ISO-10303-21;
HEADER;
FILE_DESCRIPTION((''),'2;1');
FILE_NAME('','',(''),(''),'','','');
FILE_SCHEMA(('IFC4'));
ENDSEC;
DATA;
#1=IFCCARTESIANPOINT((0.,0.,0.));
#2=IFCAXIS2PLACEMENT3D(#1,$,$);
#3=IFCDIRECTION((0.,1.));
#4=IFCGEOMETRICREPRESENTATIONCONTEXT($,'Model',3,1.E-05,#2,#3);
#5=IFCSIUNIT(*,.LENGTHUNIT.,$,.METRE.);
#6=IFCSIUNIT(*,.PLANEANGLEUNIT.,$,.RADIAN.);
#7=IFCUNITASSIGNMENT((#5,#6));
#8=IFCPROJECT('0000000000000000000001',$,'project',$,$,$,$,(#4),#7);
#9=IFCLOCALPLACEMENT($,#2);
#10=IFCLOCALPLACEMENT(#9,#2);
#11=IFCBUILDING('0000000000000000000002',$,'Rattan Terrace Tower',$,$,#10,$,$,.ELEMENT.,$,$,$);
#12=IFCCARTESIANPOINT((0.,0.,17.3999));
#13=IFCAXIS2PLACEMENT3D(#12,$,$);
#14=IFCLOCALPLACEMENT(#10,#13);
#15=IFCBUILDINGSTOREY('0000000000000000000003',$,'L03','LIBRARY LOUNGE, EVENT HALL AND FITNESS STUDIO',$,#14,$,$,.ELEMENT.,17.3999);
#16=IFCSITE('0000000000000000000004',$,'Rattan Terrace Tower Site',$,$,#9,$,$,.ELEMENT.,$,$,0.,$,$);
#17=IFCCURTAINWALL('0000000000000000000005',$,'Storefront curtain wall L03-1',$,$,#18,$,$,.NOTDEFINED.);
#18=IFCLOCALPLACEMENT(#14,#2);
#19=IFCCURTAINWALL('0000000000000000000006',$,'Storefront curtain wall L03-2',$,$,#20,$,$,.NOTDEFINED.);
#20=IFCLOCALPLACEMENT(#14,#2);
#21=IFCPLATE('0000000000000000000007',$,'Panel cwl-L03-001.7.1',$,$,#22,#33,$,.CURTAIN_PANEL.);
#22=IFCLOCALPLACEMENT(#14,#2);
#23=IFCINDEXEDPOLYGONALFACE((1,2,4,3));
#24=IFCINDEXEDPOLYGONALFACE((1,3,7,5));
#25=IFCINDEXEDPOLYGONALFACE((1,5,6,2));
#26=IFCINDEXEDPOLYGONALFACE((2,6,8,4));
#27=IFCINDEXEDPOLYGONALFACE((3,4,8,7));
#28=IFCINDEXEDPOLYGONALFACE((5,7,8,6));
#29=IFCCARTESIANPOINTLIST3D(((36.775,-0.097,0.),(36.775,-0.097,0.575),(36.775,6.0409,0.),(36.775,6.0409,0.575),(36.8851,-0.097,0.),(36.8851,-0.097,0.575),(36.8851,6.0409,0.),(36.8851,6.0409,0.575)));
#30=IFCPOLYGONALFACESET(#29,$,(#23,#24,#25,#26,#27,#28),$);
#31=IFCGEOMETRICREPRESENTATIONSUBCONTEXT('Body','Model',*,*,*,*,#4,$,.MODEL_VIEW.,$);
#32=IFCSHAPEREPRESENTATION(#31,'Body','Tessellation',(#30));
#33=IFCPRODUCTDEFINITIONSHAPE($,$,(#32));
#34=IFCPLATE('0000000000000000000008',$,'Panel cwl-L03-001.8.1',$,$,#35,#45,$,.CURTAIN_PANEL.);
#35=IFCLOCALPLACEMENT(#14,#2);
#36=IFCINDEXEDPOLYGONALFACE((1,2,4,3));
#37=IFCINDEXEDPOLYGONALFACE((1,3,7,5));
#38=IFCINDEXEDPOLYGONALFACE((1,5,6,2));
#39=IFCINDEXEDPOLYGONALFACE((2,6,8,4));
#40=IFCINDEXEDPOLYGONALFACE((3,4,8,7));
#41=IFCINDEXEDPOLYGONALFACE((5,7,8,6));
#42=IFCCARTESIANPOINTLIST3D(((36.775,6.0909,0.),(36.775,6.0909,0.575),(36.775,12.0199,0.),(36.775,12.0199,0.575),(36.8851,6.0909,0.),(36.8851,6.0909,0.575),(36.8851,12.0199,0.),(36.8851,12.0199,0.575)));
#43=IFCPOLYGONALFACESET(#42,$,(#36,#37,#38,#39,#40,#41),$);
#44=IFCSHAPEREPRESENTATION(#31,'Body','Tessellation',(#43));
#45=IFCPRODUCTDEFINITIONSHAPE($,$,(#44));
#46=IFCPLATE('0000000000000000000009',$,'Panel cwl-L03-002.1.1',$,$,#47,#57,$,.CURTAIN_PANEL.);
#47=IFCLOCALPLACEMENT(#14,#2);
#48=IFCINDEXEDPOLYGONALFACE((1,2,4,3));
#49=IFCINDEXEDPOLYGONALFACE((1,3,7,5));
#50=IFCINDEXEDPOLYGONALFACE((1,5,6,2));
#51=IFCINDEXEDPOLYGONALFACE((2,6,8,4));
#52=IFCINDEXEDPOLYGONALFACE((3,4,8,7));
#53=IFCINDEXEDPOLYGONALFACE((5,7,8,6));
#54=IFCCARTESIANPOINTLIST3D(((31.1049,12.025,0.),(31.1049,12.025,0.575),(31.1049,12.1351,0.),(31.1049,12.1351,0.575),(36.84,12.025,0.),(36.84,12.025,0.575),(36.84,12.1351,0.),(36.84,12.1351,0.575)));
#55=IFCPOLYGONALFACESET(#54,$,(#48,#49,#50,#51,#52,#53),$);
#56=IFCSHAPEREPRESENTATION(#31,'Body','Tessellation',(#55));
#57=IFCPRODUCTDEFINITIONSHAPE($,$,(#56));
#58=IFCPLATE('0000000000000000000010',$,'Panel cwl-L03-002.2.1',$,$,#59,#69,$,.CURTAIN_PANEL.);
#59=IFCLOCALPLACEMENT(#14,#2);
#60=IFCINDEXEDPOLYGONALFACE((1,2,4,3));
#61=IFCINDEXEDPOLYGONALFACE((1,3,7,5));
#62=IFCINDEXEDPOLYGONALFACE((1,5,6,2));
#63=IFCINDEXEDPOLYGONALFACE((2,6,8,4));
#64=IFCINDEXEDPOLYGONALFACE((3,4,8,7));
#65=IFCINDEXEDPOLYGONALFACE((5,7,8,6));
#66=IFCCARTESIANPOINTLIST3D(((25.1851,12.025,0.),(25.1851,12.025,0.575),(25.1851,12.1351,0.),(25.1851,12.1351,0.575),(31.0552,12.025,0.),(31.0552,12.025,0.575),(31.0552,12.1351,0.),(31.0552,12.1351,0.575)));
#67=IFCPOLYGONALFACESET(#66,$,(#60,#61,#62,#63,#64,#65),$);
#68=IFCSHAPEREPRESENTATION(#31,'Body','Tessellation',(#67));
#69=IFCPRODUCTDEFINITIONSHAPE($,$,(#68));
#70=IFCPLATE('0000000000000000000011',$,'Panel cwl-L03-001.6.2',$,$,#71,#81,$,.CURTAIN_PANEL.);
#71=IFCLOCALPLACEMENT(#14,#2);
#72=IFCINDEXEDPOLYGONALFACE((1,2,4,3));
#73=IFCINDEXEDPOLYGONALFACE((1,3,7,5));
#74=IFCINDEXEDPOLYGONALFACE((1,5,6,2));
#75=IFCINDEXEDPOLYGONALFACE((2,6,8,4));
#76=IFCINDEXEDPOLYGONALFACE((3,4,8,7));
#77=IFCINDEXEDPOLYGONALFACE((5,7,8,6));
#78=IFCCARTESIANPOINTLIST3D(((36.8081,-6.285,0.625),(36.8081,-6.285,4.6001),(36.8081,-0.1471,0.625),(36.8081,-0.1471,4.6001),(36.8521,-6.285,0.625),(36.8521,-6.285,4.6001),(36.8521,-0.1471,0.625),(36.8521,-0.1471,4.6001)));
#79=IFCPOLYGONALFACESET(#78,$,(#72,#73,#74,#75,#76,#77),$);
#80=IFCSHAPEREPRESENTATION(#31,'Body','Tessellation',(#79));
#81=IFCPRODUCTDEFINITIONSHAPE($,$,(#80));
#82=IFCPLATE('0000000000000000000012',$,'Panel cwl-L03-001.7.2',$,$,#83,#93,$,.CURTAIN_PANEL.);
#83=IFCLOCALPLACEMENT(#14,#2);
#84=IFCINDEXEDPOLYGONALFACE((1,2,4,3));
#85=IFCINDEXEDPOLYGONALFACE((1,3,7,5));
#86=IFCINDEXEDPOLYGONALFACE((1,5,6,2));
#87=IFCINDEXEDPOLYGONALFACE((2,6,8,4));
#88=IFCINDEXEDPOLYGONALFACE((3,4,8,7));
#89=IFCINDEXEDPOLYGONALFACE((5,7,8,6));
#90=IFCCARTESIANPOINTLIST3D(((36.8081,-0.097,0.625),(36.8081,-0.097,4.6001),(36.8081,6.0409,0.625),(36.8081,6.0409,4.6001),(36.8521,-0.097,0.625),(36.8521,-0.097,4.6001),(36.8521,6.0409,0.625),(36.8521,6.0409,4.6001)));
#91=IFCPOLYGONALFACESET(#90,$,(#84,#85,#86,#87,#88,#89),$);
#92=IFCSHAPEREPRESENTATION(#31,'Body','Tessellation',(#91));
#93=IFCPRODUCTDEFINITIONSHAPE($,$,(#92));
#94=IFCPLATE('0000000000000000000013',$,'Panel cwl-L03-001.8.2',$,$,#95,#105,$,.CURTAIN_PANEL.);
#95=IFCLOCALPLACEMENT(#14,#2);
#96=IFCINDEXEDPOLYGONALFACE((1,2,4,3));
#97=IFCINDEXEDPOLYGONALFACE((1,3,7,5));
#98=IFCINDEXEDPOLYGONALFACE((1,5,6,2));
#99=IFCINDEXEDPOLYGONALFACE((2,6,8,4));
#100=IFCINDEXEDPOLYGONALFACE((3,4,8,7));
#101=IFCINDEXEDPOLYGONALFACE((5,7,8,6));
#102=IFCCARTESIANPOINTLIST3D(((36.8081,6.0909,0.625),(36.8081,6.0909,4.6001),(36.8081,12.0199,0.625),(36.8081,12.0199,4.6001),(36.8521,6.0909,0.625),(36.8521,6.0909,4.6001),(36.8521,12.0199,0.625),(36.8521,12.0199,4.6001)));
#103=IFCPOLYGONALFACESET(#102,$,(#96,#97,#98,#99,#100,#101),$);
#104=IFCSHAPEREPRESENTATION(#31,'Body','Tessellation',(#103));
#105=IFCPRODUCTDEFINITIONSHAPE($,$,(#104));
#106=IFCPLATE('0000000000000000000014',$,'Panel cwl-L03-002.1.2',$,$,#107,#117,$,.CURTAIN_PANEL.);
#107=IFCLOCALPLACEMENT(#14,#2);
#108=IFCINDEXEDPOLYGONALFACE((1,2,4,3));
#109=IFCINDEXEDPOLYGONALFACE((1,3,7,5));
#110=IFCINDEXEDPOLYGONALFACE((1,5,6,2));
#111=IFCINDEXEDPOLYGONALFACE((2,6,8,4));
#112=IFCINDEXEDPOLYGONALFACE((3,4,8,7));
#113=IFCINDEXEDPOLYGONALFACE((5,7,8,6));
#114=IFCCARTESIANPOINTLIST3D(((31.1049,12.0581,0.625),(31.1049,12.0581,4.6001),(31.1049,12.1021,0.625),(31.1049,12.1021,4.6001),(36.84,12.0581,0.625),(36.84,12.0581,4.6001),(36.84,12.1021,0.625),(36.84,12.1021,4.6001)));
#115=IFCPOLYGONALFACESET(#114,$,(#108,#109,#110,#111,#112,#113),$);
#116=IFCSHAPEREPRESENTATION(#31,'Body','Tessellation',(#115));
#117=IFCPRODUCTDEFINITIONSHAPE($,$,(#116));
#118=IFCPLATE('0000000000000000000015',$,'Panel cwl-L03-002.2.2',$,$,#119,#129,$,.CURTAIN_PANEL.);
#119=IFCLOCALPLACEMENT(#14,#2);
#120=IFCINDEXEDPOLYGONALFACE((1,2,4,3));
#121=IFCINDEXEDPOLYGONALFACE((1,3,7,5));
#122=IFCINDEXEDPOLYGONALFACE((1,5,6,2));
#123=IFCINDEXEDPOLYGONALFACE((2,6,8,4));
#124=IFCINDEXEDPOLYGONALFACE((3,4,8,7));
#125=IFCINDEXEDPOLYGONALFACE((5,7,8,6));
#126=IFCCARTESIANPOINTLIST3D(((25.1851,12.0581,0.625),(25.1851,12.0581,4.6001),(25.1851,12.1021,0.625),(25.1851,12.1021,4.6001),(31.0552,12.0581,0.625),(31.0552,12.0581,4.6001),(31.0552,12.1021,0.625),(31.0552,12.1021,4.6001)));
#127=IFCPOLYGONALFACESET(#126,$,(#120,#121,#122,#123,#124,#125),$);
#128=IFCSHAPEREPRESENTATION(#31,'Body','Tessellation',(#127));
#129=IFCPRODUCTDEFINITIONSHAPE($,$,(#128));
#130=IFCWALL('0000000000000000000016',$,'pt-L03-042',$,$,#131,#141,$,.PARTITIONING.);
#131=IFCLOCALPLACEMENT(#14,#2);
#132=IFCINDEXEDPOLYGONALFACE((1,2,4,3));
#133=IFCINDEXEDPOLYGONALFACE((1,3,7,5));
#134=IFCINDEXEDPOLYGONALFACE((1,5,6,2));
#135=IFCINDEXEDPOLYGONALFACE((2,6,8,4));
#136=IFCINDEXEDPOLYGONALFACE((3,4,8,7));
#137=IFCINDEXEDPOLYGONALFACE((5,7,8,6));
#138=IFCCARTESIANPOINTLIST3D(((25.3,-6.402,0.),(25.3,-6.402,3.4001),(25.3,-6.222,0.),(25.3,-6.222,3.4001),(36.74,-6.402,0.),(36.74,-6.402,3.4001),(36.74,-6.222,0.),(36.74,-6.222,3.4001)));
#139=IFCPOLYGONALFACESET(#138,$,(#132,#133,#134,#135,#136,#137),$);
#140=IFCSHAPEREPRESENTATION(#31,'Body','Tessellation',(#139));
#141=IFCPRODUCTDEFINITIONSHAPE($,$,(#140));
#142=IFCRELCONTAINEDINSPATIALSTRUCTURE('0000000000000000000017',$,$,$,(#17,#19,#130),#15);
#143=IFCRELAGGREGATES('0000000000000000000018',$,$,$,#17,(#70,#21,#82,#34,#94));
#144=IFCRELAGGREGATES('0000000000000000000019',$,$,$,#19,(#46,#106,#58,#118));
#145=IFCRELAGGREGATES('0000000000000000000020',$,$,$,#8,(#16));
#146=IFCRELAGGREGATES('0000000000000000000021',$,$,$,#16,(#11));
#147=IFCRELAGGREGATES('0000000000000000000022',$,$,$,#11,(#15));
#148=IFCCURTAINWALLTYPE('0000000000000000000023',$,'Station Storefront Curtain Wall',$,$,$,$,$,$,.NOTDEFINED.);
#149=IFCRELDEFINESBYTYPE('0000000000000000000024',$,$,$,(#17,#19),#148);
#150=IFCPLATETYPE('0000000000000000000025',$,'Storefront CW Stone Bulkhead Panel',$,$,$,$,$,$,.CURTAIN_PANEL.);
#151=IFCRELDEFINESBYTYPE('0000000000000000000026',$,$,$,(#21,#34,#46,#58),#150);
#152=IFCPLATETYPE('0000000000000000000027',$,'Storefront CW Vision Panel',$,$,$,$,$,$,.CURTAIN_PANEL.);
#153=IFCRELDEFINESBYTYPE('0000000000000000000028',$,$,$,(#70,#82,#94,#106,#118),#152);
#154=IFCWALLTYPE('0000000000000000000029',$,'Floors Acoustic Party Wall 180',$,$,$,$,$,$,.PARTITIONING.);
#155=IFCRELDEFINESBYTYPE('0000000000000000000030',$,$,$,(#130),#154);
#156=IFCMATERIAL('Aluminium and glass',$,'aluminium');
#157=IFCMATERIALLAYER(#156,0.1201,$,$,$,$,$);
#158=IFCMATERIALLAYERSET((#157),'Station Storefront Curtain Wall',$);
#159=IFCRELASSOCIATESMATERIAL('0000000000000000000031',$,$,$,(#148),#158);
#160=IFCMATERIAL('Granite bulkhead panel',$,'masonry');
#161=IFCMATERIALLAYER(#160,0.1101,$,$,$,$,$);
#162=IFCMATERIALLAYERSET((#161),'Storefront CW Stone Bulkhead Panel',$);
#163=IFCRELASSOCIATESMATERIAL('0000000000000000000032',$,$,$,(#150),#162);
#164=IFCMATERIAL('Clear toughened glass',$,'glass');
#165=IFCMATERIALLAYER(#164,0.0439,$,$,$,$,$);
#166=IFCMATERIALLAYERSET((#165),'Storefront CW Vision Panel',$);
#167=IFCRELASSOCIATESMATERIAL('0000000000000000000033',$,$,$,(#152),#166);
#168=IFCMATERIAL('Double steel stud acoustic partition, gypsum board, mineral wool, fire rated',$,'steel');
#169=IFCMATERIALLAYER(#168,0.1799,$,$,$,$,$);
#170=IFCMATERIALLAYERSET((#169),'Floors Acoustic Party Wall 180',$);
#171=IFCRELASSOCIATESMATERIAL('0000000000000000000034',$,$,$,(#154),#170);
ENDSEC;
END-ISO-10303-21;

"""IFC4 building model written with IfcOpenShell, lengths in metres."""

from ifc_helpers import new_model, si_unit, direction, frame, frame_2d, origin, origin_2d, place, context, subcontext, project, spatial, rectangle, extrude, material, layer, layer_set, type_object, element, aggregate, save


model = new_model("IFC4")

# Units and contexts
model_context = context("Model", 3, precision=1e-05, world=origin(), true_north=direction((0.0, 1.0)))
body_context = subcontext(model_context, "Body", "Model", "MODEL_VIEW")
ifc_project = project(units=[si_unit("LENGTHUNIT", "METRE"), si_unit("PLANEANGLEUNIT", "RADIAN")], contexts=[model_context])

# Site, building, storey
site_placement = place(None, origin())
site = spatial("IfcSite", under=ifc_project, at=site_placement, Name="Rattan Terrace Tower Site", CompositionType="ELEMENT", RefElevation=0.0)
building_placement = place(site_placement, origin())
building = spatial("IfcBuilding", under=site, at=building_placement, Name="Rattan Terrace Tower", CompositionType="ELEMENT")
storey_placement = place(building_placement, frame((0.0, 0.0, 17.3999)))
storey = spatial("IfcBuildingStorey", under=building, at=storey_placement, Name="L03", Description="LIBRARY LOUNGE, EVENT HALL AND FITNESS STUDIO", CompositionType="ELEMENT", Elevation=17.3999)

# Curtain walls
ifc_material_1 = material(Name="Aluminium and glass", Category="aluminium")
ifc_layer_1 = layer(ifc_material_1, 0.1201)
ifc_layer_set_1 = layer_set([ifc_layer_1], Name="Station Storefront Curtain Wall")
curtain_wall_type = type_object("IfcCurtainWallType", Name="Station Storefront Curtain Wall", PredefinedType="NOTDEFINED", material=ifc_layer_set_1)
curtain_wall_1_placement = place(storey_placement, origin())
curtain_wall_1 = element("IfcCurtainWall", 1, at=curtain_wall_1_placement, inside=storey, type_object=curtain_wall_type, Name="Storefront curtain wall L03-1", PredefinedType="NOTDEFINED")
curtain_wall_2_placement = place(storey_placement, origin())
curtain_wall_2 = element("IfcCurtainWall", 2, at=curtain_wall_2_placement, inside=storey, type_object=curtain_wall_type, Name="Storefront curtain wall L03-2", PredefinedType="NOTDEFINED")

# Plates
ifc_material_2 = material(Name="Granite bulkhead panel", Category="masonry")
ifc_layer_2 = layer(ifc_material_2, 0.1101)
ifc_layer_set_2 = layer_set([ifc_layer_2], Name="Storefront CW Stone Bulkhead Panel")
plate_type_1 = type_object("IfcPlateType", Name="Storefront CW Stone Bulkhead Panel", PredefinedType="CURTAIN_PANEL", material=ifc_layer_set_2)
plate_1_placement = place(storey_placement, frame((36.8301, 2.9719, 0.0), z_axis=(0.0, 0.0, 1.0), x_axis=(0.0, 1.0, 0.0)))
plate_1 = element("IfcPlate", 3, at=plate_1_placement, type_object=plate_type_1, Name="Panel cwl-L03-001.7.1", PredefinedType="CURTAIN_PANEL", context=body_context, shape_type="SweptSolid", body=[
    extrude(rectangle(XDim=6.1379, YDim=0.1101, at=origin_2d()), origin(), (0.0, 0.0, 1.0), 0.575),
])
plate_2_placement = place(storey_placement, frame((36.8301, 9.0554, 0.0), z_axis=(0.0, 0.0, 1.0), x_axis=(0.0, 1.0, 0.0)))
plate_2 = element("IfcPlate", 4, at=plate_2_placement, type_object=plate_type_1, Name="Panel cwl-L03-001.8.1", PredefinedType="CURTAIN_PANEL", context=body_context, shape_type="SweptSolid", body=[
    extrude(rectangle(XDim=5.929, YDim=0.1101, at=origin_2d()), origin(), (0.0, 0.0, 1.0), 0.575),
])
plate_3_placement = place(storey_placement, frame((33.9724, 12.0801, 0.0), z_axis=(0.0, 0.0, 1.0), x_axis=(-1.0, 0.0, 0.0)))
plate_3 = element("IfcPlate", 5, at=plate_3_placement, type_object=plate_type_1, Name="Panel cwl-L03-002.1.1", PredefinedType="CURTAIN_PANEL", context=body_context, shape_type="SweptSolid", body=[
    extrude(rectangle(XDim=5.7351, YDim=0.1101, at=origin_2d()), origin(), (0.0, 0.0, 1.0), 0.575),
])
plate_4_placement = place(storey_placement, frame((28.1201, 12.0801, 0.0), z_axis=(0.0, 0.0, 1.0), x_axis=(-1.0, 0.0, 0.0)))
plate_4 = element("IfcPlate", 6, at=plate_4_placement, type_object=plate_type_1, Name="Panel cwl-L03-002.2.1", PredefinedType="CURTAIN_PANEL", context=body_context, shape_type="SweptSolid", body=[
    extrude(rectangle(XDim=5.8701, YDim=0.1101, at=origin_2d()), origin(), (0.0, 0.0, 1.0), 0.575),
])
ifc_material_3 = material(Name="Clear toughened glass", Category="glass")
ifc_layer_3 = layer(ifc_material_3, 0.0439)
ifc_layer_set_3 = layer_set([ifc_layer_3], Name="Storefront CW Vision Panel")
plate_type_2 = type_object("IfcPlateType", Name="Storefront CW Vision Panel", PredefinedType="CURTAIN_PANEL", material=ifc_layer_set_3)
plate_5_placement = place(storey_placement, frame((36.8301, -3.2161, 0.625), z_axis=(0.0, 0.0, 1.0), x_axis=(0.0, 1.0, 0.0)))
plate_5 = element("IfcPlate", 7, at=plate_5_placement, type_object=plate_type_2, Name="Panel cwl-L03-001.6.2", PredefinedType="CURTAIN_PANEL", context=body_context, shape_type="SweptSolid", body=[
    extrude(rectangle(XDim=6.1379, YDim=0.0439, at=origin_2d()), origin(), (0.0, 0.0, 1.0), 3.9751),
])
plate_6_placement = place(storey_placement, frame((36.8301, 2.9719, 0.625), z_axis=(0.0, 0.0, 1.0), x_axis=(0.0, 1.0, 0.0)))
plate_6 = element("IfcPlate", 8, at=plate_6_placement, type_object=plate_type_2, Name="Panel cwl-L03-001.7.2", PredefinedType="CURTAIN_PANEL", context=body_context, shape_type="SweptSolid", body=[
    extrude(rectangle(XDim=6.1379, YDim=0.0439, at=origin_2d()), origin(), (0.0, 0.0, 1.0), 3.9751),
])
plate_7_placement = place(storey_placement, frame((36.8301, 9.0554, 0.625), z_axis=(0.0, 0.0, 1.0), x_axis=(0.0, 1.0, 0.0)))
plate_7 = element("IfcPlate", 9, at=plate_7_placement, type_object=plate_type_2, Name="Panel cwl-L03-001.8.2", PredefinedType="CURTAIN_PANEL", context=body_context, shape_type="SweptSolid", body=[
    extrude(rectangle(XDim=5.929, YDim=0.0439, at=origin_2d()), origin(), (0.0, 0.0, 1.0), 3.9751),
])
aggregate(curtain_wall_1, [plate_5, plate_1, plate_6, plate_2, plate_7])
plate_8_placement = place(storey_placement, frame((33.9724, 12.0801, 0.625), z_axis=(0.0, 0.0, 1.0), x_axis=(-1.0, 0.0, 0.0)))
plate_8 = element("IfcPlate", 10, at=plate_8_placement, type_object=plate_type_2, Name="Panel cwl-L03-002.1.2", PredefinedType="CURTAIN_PANEL", context=body_context, shape_type="SweptSolid", body=[
    extrude(rectangle(XDim=5.7351, YDim=0.0439, at=origin_2d()), origin(), (0.0, 0.0, 1.0), 3.9751),
])
plate_9_placement = place(storey_placement, frame((28.1201, 12.0801, 0.625), z_axis=(0.0, 0.0, 1.0), x_axis=(-1.0, 0.0, 0.0)))
plate_9 = element("IfcPlate", 11, at=plate_9_placement, type_object=plate_type_2, Name="Panel cwl-L03-002.2.2", PredefinedType="CURTAIN_PANEL", context=body_context, shape_type="SweptSolid", body=[
    extrude(rectangle(XDim=5.8701, YDim=0.0439, at=origin_2d()), origin(), (0.0, 0.0, 1.0), 3.9751),
])
aggregate(curtain_wall_2, [plate_3, plate_8, plate_4, plate_9])

# Wall
ifc_material_4 = material(Name="Double steel stud acoustic partition, gypsum board, mineral wool, fire rated", Category="steel")
ifc_layer_4 = layer(ifc_material_4, 0.1799)
ifc_layer_set_4 = layer_set([ifc_layer_4], Name="Floors Acoustic Party Wall 180")
wall_type = type_object("IfcWallType", Name="Floors Acoustic Party Wall 180", PredefinedType="PARTITIONING", material=ifc_layer_set_4)
wall_placement = place(storey_placement, frame((25.3, -6.312, 0.0), z_axis=(0.0, 0.0, 1.0), x_axis=(1.0, 0.0, 0.0)))
element("IfcWall", 12, at=wall_placement, inside=storey, type_object=wall_type, Name="pt-L03-042", PredefinedType="PARTITIONING", context=body_context, shape_type="SweptSolid", body=[
    extrude(rectangle(XDim=11.4399, YDim=0.1799, at=frame_2d((5.72, 0.0))), origin(), (0.0, 0.0, 1.0), 3.4001),
])

save(model, "model.ifc")
